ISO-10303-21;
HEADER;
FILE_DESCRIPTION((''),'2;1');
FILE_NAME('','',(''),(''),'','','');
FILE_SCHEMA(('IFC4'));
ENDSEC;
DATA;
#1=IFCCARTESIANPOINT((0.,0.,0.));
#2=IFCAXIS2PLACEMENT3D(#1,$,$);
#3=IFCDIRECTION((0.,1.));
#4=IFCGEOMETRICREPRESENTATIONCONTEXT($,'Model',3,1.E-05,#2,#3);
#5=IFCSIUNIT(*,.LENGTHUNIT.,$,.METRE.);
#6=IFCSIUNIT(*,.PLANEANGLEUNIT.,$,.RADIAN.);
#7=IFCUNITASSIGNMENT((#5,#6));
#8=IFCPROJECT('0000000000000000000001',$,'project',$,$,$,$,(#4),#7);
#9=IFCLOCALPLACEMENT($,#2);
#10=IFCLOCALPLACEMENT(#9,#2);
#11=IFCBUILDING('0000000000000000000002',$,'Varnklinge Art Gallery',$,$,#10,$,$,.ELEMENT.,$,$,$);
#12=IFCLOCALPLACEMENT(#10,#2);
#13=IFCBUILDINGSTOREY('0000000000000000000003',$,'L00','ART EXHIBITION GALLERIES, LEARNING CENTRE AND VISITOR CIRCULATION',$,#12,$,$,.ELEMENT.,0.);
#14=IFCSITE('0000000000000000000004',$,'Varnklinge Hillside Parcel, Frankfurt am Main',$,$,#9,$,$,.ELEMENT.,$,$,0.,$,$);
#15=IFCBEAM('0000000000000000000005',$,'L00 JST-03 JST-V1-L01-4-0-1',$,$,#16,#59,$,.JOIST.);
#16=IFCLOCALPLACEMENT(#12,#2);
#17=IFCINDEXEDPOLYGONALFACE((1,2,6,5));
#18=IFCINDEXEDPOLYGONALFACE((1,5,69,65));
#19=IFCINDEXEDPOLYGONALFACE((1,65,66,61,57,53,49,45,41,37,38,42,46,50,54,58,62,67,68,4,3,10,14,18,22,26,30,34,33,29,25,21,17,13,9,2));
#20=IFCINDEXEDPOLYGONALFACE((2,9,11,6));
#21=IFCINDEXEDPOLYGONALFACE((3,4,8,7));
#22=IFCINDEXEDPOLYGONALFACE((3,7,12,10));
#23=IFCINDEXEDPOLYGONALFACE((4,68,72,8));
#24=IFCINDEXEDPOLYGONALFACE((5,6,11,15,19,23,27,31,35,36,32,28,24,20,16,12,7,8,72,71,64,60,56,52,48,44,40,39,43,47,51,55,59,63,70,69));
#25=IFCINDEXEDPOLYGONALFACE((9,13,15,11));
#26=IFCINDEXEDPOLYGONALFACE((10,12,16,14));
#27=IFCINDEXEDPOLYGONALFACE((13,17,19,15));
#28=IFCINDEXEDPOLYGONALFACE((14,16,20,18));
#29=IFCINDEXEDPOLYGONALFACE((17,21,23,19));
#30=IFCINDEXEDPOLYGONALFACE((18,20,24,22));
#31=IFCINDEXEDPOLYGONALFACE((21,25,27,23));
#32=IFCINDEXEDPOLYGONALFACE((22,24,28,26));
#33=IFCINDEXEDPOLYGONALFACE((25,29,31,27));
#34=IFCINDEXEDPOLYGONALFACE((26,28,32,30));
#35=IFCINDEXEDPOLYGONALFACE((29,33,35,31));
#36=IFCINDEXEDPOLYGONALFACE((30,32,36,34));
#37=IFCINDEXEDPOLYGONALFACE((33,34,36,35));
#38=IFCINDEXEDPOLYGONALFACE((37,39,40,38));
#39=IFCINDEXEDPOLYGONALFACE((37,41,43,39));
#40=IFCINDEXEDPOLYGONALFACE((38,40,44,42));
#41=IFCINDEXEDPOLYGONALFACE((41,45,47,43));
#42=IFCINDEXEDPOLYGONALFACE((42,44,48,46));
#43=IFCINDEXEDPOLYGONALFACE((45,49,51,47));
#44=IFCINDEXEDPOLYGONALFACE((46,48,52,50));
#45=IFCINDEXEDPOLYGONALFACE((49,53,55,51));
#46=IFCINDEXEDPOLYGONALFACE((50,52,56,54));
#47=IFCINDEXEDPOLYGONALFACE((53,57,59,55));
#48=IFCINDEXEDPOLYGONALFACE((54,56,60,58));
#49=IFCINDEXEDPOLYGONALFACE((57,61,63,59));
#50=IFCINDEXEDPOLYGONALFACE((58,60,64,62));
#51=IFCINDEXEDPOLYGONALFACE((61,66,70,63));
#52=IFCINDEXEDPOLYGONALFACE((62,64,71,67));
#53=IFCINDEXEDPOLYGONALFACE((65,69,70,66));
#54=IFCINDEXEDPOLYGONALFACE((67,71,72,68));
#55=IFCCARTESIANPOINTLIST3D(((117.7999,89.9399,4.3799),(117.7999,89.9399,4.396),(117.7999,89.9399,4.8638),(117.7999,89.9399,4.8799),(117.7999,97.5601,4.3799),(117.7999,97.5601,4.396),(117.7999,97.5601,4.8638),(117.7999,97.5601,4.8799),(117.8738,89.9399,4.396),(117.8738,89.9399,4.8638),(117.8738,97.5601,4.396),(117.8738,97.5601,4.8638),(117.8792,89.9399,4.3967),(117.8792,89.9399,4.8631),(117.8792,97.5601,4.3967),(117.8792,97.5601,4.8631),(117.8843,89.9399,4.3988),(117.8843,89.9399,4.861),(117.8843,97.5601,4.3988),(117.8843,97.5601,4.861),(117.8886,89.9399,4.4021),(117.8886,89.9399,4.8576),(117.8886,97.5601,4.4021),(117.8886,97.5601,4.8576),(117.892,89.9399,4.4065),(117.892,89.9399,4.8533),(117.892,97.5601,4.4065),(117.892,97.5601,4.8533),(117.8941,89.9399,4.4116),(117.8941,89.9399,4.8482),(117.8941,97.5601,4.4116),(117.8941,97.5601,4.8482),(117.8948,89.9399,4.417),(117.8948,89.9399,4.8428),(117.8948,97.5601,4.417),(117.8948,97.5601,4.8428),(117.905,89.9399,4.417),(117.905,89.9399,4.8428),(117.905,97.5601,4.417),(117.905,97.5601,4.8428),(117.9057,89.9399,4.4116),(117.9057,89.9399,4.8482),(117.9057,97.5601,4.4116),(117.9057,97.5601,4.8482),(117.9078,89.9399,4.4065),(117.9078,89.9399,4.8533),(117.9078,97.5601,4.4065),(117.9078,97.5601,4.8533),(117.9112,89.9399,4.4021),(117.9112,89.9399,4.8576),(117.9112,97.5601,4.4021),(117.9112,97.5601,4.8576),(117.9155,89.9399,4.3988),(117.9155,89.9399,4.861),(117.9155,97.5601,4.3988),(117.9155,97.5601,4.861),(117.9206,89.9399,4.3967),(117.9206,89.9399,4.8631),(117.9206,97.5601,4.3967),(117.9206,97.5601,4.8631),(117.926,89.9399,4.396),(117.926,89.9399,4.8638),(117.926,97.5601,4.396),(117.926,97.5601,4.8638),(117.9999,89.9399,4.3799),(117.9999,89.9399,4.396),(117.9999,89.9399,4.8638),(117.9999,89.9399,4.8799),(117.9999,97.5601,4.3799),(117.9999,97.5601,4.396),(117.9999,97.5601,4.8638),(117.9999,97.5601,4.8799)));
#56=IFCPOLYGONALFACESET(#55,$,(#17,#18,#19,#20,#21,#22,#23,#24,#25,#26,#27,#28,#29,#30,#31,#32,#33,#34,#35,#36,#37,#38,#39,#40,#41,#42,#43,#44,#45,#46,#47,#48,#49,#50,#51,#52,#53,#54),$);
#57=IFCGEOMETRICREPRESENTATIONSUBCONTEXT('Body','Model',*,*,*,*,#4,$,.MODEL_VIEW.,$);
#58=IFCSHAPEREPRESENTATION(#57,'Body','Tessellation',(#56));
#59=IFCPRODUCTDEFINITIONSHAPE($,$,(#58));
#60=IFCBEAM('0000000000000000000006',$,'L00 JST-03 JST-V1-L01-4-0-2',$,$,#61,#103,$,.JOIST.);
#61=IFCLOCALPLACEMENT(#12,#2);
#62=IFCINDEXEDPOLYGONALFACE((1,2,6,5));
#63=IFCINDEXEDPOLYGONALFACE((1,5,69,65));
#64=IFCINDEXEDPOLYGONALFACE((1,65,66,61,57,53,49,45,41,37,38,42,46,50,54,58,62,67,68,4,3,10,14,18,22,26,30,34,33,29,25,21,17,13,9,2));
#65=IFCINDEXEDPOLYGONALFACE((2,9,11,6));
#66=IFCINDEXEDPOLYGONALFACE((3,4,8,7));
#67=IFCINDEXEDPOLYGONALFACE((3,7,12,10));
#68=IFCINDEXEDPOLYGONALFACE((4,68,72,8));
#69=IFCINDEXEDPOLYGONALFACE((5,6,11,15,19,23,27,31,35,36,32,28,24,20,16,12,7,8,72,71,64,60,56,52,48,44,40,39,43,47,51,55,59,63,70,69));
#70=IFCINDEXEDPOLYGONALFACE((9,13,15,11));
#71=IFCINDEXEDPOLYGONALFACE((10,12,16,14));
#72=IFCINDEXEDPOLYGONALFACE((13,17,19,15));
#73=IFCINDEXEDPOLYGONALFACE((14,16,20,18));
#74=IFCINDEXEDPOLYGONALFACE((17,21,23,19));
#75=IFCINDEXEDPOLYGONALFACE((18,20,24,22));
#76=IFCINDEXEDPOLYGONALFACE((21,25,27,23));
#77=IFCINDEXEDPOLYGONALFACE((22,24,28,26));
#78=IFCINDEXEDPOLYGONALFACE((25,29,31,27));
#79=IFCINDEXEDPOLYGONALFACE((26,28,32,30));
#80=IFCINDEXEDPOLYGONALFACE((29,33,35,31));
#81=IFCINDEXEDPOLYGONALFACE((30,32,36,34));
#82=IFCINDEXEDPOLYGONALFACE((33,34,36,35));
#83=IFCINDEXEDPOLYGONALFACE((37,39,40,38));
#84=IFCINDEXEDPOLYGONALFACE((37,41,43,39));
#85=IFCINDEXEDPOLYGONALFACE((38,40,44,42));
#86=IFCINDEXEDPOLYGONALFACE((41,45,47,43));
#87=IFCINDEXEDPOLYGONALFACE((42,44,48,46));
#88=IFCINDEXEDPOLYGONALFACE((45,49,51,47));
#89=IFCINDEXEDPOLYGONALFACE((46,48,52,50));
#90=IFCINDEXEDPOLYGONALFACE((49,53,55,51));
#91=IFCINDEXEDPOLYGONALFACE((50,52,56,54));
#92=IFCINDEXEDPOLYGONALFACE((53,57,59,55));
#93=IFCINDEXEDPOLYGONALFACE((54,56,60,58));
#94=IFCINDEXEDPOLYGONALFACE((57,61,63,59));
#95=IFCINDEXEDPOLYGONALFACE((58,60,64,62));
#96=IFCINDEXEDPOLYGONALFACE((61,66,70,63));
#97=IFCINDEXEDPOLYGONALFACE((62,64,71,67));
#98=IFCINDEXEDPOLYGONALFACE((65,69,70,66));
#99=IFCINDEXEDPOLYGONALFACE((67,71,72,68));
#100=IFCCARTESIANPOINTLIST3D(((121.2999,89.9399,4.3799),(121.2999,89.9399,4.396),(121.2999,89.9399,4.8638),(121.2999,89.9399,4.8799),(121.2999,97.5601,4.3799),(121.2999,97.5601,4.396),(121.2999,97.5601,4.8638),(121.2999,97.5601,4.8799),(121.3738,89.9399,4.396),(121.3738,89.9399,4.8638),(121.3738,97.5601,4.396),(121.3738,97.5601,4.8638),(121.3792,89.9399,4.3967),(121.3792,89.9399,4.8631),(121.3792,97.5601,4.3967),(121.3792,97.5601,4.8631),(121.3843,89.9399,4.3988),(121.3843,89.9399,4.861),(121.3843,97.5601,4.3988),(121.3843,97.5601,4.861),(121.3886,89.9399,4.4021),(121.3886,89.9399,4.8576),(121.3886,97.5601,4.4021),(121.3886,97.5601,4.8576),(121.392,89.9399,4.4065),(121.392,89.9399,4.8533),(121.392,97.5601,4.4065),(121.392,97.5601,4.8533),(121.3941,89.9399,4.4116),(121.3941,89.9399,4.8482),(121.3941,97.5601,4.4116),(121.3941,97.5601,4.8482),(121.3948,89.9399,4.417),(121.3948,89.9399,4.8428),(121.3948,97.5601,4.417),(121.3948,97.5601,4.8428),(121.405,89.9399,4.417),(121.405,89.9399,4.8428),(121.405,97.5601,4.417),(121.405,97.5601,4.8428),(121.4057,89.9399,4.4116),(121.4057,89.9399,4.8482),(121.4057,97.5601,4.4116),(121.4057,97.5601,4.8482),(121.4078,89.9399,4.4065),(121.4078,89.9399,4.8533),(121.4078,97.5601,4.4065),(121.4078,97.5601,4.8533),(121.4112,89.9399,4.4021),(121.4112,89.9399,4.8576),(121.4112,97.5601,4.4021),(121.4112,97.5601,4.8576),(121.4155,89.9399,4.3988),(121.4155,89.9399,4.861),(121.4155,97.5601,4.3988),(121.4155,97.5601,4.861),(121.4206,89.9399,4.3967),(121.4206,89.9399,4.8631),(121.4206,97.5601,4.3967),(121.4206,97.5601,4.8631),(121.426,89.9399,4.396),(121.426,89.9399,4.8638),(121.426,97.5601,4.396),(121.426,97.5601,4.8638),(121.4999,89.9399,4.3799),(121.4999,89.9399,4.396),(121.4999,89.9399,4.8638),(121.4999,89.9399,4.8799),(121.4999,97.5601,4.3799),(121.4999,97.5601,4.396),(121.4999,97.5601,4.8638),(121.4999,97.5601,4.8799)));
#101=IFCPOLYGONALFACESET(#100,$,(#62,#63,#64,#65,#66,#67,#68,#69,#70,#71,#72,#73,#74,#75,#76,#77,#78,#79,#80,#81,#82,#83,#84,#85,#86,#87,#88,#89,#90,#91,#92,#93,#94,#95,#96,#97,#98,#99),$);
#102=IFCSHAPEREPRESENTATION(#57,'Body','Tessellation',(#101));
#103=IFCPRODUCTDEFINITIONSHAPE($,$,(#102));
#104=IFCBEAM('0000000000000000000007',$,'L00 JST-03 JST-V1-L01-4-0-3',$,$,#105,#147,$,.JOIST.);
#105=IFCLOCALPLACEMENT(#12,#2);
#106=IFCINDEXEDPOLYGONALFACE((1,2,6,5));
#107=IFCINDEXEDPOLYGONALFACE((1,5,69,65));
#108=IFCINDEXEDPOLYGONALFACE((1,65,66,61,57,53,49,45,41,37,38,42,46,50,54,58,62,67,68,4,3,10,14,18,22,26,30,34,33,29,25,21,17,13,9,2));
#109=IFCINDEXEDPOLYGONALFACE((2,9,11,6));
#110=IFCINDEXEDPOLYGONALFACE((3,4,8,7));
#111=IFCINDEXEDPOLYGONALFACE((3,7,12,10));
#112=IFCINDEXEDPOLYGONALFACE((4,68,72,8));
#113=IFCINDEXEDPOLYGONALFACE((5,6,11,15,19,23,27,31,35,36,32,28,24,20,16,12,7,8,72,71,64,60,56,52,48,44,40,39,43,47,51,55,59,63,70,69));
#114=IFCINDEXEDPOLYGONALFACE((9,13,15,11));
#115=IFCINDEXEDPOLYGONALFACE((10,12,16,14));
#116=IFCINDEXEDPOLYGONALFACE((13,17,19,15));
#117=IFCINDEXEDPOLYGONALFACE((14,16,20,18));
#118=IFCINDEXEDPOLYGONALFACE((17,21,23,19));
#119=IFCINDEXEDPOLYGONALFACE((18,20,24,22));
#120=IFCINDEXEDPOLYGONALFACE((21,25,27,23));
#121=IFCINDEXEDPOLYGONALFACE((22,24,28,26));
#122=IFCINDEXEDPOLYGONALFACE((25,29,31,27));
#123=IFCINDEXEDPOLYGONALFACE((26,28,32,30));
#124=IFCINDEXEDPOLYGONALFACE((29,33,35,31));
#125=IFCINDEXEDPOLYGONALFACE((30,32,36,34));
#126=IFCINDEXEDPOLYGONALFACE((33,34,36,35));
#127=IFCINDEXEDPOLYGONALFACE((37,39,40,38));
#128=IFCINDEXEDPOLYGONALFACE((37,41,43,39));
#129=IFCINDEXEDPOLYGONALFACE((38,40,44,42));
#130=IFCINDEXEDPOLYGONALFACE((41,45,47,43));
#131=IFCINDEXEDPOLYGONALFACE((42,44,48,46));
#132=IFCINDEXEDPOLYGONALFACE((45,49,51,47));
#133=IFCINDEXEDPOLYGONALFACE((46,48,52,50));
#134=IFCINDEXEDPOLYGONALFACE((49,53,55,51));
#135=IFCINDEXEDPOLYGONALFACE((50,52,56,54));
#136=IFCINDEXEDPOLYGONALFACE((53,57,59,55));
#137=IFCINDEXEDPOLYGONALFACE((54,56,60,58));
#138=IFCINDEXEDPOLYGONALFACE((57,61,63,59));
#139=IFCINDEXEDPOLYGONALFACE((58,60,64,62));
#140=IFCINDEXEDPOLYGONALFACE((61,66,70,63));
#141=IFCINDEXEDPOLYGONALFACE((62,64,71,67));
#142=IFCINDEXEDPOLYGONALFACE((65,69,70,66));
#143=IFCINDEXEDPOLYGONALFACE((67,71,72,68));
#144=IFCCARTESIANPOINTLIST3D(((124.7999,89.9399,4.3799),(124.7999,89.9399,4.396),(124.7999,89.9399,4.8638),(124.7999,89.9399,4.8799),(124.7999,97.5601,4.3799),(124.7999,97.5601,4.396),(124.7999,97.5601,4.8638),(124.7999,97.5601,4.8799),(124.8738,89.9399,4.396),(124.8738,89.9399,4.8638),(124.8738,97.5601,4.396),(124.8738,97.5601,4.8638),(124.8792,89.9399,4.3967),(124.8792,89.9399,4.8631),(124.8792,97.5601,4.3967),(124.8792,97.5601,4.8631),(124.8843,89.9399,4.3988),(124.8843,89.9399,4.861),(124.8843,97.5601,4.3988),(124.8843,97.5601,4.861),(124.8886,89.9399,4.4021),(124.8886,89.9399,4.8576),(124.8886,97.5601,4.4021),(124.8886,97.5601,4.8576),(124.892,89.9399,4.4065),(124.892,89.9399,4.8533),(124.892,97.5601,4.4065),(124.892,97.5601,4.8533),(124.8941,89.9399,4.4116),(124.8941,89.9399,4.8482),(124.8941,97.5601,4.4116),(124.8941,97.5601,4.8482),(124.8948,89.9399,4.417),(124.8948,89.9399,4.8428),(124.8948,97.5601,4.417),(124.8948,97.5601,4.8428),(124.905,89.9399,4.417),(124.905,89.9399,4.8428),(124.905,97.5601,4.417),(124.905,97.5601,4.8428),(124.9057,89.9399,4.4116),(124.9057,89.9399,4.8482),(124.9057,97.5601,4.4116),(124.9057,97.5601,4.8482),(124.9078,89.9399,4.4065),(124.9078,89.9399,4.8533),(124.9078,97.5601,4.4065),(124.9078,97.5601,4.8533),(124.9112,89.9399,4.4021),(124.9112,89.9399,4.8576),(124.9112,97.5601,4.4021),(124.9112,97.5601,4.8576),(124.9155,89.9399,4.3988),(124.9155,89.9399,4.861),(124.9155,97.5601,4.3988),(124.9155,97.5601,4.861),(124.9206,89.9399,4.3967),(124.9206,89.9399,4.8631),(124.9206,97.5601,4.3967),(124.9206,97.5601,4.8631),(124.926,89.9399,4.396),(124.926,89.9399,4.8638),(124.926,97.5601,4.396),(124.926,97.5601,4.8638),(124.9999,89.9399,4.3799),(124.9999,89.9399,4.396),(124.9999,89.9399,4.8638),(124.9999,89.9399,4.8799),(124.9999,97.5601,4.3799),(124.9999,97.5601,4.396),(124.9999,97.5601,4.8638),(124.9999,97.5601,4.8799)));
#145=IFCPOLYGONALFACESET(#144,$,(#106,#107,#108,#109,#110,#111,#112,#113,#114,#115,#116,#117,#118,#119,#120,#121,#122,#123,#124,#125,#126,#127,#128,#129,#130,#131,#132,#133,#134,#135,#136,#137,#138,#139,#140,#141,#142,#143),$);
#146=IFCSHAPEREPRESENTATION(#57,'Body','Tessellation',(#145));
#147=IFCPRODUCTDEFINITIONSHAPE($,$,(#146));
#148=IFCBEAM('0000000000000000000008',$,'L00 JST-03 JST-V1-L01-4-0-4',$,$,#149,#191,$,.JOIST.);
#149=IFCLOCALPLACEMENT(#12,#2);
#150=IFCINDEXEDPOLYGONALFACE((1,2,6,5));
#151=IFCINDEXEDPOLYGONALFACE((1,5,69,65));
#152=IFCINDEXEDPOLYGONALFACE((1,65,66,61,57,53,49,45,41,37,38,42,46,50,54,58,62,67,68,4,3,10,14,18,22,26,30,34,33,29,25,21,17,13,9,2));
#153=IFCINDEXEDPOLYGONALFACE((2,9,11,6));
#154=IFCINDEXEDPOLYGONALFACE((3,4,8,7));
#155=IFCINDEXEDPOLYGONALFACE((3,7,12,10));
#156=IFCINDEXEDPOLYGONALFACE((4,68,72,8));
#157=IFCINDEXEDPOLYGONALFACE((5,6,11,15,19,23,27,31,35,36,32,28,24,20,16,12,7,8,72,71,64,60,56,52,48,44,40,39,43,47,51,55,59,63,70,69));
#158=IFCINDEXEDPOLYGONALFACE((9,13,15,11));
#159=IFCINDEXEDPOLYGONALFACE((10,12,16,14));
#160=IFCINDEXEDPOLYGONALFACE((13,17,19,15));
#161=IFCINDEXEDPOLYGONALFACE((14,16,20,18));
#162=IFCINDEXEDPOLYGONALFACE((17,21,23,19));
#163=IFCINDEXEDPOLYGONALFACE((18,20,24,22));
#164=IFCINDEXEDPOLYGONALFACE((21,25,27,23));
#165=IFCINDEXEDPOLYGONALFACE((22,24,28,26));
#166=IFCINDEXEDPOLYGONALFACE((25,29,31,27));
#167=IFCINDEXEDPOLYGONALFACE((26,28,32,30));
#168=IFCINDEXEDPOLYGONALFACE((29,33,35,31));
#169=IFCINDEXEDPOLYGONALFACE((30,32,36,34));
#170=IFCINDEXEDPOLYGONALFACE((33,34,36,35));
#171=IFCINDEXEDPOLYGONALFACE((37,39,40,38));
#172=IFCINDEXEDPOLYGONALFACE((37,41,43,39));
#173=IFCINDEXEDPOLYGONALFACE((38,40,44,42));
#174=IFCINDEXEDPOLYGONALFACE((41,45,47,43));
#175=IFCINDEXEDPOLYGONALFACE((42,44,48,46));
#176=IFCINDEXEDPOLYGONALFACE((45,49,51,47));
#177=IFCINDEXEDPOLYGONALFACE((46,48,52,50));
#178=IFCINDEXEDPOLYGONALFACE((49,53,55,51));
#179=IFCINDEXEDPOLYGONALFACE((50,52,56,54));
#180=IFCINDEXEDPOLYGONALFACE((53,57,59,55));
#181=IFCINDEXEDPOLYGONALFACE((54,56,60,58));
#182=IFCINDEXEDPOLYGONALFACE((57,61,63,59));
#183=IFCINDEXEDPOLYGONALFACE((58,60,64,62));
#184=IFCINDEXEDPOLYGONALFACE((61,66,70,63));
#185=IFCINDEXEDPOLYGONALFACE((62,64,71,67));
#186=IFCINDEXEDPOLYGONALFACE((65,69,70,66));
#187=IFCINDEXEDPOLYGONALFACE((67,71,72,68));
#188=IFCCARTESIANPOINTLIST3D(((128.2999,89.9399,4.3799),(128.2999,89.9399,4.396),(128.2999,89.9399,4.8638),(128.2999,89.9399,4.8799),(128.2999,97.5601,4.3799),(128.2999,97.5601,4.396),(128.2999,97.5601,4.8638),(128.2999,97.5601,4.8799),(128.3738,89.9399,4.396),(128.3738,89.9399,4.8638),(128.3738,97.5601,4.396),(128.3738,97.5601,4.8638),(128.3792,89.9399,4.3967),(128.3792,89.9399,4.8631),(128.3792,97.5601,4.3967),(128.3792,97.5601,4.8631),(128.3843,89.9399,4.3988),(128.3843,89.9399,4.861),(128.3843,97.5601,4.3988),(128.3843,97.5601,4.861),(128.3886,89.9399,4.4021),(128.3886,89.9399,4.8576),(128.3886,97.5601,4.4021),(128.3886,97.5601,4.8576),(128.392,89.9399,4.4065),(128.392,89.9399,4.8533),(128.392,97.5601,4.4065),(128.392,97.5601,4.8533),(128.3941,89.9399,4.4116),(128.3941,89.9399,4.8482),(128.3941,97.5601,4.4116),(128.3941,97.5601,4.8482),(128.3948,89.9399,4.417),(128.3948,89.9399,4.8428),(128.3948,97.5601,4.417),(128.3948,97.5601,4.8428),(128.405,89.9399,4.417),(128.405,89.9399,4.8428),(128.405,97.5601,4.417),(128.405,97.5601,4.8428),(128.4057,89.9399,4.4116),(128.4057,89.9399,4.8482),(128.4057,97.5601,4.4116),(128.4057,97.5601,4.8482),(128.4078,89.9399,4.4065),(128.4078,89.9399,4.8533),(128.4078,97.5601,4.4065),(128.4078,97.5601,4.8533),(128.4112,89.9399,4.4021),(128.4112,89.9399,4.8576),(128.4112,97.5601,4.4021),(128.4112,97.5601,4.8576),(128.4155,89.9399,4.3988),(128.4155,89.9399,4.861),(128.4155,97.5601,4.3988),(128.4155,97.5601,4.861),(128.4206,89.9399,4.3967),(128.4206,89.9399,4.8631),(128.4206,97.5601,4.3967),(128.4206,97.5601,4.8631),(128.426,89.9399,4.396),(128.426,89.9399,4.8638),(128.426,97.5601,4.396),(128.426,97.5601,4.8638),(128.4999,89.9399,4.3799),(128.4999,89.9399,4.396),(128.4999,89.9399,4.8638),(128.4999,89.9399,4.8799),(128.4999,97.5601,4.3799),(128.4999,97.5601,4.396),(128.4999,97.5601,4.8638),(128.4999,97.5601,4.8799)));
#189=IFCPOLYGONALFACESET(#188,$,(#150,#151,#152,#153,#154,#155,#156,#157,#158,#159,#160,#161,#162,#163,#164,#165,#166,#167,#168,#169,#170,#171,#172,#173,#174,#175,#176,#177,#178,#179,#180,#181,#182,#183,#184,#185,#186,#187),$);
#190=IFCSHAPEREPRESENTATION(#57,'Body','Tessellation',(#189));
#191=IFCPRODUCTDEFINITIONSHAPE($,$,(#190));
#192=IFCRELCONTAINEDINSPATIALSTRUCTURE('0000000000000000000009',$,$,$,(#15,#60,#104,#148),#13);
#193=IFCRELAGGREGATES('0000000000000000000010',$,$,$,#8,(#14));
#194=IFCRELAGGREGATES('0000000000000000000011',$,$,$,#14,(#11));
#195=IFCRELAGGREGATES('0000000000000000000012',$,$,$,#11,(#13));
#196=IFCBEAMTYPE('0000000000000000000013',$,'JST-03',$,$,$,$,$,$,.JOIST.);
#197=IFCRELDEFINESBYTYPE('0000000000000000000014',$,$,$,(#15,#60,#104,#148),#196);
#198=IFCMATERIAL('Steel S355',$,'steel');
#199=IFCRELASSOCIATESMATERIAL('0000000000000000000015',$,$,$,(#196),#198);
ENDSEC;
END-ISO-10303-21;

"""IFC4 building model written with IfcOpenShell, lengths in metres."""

from ifc_helpers import new_model, si_unit, direction, frame, origin, origin_2d, place, context, subcontext, project, spatial, i_section, extrude, material, material_profile, profile_set, type_object, element, save


model = new_model("IFC4")

# Units and contexts
model_context = context("Model", 3, precision=1e-05, world=origin(), true_north=direction((0.0, 1.0)))
body_context = subcontext(model_context, "Body", "Model", "MODEL_VIEW")
ifc_project = project(units=[si_unit("LENGTHUNIT", "METRE"), si_unit("PLANEANGLEUNIT", "RADIAN")], contexts=[model_context])

# Site, building, storey
site_placement = place(None, origin())
site = spatial("IfcSite", under=ifc_project, at=site_placement, Name="Varnklinge Hillside Parcel, Frankfurt am Main", CompositionType="ELEMENT", RefElevation=0.0)
building_placement = place(site_placement, origin())
building = spatial("IfcBuilding", under=site, at=building_placement, Name="Varnklinge Art Gallery", CompositionType="ELEMENT")
storey_placement = place(building_placement, origin())
storey = spatial("IfcBuildingStorey", under=building, at=storey_placement, Name="L00", Description="ART EXHIBITION GALLERIES, LEARNING CENTRE AND VISITOR CIRCULATION", CompositionType="ELEMENT", Elevation=0.0)

# Beams
ifc_material_1 = material(Name="Steel S355", Category="steel")
ifc_material_profile_1 = material_profile(ifc_material_1, i_section(OverallWidth=0.2, OverallDepth=0.5, WebThickness=0.0103, FlangeThickness=0.0161, FilletRadius=0.021, at=origin_2d()), Name="IPE 500")
ifc_profile_set_1 = profile_set([ifc_material_profile_1], Name="Steel S355")
beam_type_1 = type_object("IfcBeamType", Name="JST-03", PredefinedType="JOIST", material=ifc_profile_set_1)
for number, where, z_axis, x_axis, name in (
    (1, (117.8999, 89.9399, 4.6299), (0.0, 1.0, 0.0), (-1.0, 0.0, 0.0), "L00 JST-03 JST-V1-L01-4-0-1"),
    (2, (121.3999, 89.9399, 4.6299), (0.0, 1.0, 0.0), (-1.0, 0.0, 0.0), "L00 JST-03 JST-V1-L01-4-0-2"),
    (3, (124.8999, 89.9399, 4.6299), (0.0, 1.0, 0.0), (-1.0, 0.0, 0.0), "L00 JST-03 JST-V1-L01-4-0-3"),
    (4, (128.3999, 89.9399, 4.6299), (0.0, 1.0, 0.0), (-1.0, 0.0, 0.0), "L00 JST-03 JST-V1-L01-4-0-4"),
):
    element("IfcBeam", number, at=place(storey_placement, frame(where, z_axis=z_axis, x_axis=x_axis)), inside=storey, type_object=beam_type_1, Name=name, PredefinedType="JOIST", context=body_context, shape_type="SweptSolid", body=[
        extrude(i_section(OverallWidth=0.2, OverallDepth=0.5, WebThickness=0.0103, FlangeThickness=0.0161, FilletRadius=0.021, at=origin_2d()), origin(), (0.0, 0.0, 1.0), 7.6201),
    ])

save(model, "model.ifc")
